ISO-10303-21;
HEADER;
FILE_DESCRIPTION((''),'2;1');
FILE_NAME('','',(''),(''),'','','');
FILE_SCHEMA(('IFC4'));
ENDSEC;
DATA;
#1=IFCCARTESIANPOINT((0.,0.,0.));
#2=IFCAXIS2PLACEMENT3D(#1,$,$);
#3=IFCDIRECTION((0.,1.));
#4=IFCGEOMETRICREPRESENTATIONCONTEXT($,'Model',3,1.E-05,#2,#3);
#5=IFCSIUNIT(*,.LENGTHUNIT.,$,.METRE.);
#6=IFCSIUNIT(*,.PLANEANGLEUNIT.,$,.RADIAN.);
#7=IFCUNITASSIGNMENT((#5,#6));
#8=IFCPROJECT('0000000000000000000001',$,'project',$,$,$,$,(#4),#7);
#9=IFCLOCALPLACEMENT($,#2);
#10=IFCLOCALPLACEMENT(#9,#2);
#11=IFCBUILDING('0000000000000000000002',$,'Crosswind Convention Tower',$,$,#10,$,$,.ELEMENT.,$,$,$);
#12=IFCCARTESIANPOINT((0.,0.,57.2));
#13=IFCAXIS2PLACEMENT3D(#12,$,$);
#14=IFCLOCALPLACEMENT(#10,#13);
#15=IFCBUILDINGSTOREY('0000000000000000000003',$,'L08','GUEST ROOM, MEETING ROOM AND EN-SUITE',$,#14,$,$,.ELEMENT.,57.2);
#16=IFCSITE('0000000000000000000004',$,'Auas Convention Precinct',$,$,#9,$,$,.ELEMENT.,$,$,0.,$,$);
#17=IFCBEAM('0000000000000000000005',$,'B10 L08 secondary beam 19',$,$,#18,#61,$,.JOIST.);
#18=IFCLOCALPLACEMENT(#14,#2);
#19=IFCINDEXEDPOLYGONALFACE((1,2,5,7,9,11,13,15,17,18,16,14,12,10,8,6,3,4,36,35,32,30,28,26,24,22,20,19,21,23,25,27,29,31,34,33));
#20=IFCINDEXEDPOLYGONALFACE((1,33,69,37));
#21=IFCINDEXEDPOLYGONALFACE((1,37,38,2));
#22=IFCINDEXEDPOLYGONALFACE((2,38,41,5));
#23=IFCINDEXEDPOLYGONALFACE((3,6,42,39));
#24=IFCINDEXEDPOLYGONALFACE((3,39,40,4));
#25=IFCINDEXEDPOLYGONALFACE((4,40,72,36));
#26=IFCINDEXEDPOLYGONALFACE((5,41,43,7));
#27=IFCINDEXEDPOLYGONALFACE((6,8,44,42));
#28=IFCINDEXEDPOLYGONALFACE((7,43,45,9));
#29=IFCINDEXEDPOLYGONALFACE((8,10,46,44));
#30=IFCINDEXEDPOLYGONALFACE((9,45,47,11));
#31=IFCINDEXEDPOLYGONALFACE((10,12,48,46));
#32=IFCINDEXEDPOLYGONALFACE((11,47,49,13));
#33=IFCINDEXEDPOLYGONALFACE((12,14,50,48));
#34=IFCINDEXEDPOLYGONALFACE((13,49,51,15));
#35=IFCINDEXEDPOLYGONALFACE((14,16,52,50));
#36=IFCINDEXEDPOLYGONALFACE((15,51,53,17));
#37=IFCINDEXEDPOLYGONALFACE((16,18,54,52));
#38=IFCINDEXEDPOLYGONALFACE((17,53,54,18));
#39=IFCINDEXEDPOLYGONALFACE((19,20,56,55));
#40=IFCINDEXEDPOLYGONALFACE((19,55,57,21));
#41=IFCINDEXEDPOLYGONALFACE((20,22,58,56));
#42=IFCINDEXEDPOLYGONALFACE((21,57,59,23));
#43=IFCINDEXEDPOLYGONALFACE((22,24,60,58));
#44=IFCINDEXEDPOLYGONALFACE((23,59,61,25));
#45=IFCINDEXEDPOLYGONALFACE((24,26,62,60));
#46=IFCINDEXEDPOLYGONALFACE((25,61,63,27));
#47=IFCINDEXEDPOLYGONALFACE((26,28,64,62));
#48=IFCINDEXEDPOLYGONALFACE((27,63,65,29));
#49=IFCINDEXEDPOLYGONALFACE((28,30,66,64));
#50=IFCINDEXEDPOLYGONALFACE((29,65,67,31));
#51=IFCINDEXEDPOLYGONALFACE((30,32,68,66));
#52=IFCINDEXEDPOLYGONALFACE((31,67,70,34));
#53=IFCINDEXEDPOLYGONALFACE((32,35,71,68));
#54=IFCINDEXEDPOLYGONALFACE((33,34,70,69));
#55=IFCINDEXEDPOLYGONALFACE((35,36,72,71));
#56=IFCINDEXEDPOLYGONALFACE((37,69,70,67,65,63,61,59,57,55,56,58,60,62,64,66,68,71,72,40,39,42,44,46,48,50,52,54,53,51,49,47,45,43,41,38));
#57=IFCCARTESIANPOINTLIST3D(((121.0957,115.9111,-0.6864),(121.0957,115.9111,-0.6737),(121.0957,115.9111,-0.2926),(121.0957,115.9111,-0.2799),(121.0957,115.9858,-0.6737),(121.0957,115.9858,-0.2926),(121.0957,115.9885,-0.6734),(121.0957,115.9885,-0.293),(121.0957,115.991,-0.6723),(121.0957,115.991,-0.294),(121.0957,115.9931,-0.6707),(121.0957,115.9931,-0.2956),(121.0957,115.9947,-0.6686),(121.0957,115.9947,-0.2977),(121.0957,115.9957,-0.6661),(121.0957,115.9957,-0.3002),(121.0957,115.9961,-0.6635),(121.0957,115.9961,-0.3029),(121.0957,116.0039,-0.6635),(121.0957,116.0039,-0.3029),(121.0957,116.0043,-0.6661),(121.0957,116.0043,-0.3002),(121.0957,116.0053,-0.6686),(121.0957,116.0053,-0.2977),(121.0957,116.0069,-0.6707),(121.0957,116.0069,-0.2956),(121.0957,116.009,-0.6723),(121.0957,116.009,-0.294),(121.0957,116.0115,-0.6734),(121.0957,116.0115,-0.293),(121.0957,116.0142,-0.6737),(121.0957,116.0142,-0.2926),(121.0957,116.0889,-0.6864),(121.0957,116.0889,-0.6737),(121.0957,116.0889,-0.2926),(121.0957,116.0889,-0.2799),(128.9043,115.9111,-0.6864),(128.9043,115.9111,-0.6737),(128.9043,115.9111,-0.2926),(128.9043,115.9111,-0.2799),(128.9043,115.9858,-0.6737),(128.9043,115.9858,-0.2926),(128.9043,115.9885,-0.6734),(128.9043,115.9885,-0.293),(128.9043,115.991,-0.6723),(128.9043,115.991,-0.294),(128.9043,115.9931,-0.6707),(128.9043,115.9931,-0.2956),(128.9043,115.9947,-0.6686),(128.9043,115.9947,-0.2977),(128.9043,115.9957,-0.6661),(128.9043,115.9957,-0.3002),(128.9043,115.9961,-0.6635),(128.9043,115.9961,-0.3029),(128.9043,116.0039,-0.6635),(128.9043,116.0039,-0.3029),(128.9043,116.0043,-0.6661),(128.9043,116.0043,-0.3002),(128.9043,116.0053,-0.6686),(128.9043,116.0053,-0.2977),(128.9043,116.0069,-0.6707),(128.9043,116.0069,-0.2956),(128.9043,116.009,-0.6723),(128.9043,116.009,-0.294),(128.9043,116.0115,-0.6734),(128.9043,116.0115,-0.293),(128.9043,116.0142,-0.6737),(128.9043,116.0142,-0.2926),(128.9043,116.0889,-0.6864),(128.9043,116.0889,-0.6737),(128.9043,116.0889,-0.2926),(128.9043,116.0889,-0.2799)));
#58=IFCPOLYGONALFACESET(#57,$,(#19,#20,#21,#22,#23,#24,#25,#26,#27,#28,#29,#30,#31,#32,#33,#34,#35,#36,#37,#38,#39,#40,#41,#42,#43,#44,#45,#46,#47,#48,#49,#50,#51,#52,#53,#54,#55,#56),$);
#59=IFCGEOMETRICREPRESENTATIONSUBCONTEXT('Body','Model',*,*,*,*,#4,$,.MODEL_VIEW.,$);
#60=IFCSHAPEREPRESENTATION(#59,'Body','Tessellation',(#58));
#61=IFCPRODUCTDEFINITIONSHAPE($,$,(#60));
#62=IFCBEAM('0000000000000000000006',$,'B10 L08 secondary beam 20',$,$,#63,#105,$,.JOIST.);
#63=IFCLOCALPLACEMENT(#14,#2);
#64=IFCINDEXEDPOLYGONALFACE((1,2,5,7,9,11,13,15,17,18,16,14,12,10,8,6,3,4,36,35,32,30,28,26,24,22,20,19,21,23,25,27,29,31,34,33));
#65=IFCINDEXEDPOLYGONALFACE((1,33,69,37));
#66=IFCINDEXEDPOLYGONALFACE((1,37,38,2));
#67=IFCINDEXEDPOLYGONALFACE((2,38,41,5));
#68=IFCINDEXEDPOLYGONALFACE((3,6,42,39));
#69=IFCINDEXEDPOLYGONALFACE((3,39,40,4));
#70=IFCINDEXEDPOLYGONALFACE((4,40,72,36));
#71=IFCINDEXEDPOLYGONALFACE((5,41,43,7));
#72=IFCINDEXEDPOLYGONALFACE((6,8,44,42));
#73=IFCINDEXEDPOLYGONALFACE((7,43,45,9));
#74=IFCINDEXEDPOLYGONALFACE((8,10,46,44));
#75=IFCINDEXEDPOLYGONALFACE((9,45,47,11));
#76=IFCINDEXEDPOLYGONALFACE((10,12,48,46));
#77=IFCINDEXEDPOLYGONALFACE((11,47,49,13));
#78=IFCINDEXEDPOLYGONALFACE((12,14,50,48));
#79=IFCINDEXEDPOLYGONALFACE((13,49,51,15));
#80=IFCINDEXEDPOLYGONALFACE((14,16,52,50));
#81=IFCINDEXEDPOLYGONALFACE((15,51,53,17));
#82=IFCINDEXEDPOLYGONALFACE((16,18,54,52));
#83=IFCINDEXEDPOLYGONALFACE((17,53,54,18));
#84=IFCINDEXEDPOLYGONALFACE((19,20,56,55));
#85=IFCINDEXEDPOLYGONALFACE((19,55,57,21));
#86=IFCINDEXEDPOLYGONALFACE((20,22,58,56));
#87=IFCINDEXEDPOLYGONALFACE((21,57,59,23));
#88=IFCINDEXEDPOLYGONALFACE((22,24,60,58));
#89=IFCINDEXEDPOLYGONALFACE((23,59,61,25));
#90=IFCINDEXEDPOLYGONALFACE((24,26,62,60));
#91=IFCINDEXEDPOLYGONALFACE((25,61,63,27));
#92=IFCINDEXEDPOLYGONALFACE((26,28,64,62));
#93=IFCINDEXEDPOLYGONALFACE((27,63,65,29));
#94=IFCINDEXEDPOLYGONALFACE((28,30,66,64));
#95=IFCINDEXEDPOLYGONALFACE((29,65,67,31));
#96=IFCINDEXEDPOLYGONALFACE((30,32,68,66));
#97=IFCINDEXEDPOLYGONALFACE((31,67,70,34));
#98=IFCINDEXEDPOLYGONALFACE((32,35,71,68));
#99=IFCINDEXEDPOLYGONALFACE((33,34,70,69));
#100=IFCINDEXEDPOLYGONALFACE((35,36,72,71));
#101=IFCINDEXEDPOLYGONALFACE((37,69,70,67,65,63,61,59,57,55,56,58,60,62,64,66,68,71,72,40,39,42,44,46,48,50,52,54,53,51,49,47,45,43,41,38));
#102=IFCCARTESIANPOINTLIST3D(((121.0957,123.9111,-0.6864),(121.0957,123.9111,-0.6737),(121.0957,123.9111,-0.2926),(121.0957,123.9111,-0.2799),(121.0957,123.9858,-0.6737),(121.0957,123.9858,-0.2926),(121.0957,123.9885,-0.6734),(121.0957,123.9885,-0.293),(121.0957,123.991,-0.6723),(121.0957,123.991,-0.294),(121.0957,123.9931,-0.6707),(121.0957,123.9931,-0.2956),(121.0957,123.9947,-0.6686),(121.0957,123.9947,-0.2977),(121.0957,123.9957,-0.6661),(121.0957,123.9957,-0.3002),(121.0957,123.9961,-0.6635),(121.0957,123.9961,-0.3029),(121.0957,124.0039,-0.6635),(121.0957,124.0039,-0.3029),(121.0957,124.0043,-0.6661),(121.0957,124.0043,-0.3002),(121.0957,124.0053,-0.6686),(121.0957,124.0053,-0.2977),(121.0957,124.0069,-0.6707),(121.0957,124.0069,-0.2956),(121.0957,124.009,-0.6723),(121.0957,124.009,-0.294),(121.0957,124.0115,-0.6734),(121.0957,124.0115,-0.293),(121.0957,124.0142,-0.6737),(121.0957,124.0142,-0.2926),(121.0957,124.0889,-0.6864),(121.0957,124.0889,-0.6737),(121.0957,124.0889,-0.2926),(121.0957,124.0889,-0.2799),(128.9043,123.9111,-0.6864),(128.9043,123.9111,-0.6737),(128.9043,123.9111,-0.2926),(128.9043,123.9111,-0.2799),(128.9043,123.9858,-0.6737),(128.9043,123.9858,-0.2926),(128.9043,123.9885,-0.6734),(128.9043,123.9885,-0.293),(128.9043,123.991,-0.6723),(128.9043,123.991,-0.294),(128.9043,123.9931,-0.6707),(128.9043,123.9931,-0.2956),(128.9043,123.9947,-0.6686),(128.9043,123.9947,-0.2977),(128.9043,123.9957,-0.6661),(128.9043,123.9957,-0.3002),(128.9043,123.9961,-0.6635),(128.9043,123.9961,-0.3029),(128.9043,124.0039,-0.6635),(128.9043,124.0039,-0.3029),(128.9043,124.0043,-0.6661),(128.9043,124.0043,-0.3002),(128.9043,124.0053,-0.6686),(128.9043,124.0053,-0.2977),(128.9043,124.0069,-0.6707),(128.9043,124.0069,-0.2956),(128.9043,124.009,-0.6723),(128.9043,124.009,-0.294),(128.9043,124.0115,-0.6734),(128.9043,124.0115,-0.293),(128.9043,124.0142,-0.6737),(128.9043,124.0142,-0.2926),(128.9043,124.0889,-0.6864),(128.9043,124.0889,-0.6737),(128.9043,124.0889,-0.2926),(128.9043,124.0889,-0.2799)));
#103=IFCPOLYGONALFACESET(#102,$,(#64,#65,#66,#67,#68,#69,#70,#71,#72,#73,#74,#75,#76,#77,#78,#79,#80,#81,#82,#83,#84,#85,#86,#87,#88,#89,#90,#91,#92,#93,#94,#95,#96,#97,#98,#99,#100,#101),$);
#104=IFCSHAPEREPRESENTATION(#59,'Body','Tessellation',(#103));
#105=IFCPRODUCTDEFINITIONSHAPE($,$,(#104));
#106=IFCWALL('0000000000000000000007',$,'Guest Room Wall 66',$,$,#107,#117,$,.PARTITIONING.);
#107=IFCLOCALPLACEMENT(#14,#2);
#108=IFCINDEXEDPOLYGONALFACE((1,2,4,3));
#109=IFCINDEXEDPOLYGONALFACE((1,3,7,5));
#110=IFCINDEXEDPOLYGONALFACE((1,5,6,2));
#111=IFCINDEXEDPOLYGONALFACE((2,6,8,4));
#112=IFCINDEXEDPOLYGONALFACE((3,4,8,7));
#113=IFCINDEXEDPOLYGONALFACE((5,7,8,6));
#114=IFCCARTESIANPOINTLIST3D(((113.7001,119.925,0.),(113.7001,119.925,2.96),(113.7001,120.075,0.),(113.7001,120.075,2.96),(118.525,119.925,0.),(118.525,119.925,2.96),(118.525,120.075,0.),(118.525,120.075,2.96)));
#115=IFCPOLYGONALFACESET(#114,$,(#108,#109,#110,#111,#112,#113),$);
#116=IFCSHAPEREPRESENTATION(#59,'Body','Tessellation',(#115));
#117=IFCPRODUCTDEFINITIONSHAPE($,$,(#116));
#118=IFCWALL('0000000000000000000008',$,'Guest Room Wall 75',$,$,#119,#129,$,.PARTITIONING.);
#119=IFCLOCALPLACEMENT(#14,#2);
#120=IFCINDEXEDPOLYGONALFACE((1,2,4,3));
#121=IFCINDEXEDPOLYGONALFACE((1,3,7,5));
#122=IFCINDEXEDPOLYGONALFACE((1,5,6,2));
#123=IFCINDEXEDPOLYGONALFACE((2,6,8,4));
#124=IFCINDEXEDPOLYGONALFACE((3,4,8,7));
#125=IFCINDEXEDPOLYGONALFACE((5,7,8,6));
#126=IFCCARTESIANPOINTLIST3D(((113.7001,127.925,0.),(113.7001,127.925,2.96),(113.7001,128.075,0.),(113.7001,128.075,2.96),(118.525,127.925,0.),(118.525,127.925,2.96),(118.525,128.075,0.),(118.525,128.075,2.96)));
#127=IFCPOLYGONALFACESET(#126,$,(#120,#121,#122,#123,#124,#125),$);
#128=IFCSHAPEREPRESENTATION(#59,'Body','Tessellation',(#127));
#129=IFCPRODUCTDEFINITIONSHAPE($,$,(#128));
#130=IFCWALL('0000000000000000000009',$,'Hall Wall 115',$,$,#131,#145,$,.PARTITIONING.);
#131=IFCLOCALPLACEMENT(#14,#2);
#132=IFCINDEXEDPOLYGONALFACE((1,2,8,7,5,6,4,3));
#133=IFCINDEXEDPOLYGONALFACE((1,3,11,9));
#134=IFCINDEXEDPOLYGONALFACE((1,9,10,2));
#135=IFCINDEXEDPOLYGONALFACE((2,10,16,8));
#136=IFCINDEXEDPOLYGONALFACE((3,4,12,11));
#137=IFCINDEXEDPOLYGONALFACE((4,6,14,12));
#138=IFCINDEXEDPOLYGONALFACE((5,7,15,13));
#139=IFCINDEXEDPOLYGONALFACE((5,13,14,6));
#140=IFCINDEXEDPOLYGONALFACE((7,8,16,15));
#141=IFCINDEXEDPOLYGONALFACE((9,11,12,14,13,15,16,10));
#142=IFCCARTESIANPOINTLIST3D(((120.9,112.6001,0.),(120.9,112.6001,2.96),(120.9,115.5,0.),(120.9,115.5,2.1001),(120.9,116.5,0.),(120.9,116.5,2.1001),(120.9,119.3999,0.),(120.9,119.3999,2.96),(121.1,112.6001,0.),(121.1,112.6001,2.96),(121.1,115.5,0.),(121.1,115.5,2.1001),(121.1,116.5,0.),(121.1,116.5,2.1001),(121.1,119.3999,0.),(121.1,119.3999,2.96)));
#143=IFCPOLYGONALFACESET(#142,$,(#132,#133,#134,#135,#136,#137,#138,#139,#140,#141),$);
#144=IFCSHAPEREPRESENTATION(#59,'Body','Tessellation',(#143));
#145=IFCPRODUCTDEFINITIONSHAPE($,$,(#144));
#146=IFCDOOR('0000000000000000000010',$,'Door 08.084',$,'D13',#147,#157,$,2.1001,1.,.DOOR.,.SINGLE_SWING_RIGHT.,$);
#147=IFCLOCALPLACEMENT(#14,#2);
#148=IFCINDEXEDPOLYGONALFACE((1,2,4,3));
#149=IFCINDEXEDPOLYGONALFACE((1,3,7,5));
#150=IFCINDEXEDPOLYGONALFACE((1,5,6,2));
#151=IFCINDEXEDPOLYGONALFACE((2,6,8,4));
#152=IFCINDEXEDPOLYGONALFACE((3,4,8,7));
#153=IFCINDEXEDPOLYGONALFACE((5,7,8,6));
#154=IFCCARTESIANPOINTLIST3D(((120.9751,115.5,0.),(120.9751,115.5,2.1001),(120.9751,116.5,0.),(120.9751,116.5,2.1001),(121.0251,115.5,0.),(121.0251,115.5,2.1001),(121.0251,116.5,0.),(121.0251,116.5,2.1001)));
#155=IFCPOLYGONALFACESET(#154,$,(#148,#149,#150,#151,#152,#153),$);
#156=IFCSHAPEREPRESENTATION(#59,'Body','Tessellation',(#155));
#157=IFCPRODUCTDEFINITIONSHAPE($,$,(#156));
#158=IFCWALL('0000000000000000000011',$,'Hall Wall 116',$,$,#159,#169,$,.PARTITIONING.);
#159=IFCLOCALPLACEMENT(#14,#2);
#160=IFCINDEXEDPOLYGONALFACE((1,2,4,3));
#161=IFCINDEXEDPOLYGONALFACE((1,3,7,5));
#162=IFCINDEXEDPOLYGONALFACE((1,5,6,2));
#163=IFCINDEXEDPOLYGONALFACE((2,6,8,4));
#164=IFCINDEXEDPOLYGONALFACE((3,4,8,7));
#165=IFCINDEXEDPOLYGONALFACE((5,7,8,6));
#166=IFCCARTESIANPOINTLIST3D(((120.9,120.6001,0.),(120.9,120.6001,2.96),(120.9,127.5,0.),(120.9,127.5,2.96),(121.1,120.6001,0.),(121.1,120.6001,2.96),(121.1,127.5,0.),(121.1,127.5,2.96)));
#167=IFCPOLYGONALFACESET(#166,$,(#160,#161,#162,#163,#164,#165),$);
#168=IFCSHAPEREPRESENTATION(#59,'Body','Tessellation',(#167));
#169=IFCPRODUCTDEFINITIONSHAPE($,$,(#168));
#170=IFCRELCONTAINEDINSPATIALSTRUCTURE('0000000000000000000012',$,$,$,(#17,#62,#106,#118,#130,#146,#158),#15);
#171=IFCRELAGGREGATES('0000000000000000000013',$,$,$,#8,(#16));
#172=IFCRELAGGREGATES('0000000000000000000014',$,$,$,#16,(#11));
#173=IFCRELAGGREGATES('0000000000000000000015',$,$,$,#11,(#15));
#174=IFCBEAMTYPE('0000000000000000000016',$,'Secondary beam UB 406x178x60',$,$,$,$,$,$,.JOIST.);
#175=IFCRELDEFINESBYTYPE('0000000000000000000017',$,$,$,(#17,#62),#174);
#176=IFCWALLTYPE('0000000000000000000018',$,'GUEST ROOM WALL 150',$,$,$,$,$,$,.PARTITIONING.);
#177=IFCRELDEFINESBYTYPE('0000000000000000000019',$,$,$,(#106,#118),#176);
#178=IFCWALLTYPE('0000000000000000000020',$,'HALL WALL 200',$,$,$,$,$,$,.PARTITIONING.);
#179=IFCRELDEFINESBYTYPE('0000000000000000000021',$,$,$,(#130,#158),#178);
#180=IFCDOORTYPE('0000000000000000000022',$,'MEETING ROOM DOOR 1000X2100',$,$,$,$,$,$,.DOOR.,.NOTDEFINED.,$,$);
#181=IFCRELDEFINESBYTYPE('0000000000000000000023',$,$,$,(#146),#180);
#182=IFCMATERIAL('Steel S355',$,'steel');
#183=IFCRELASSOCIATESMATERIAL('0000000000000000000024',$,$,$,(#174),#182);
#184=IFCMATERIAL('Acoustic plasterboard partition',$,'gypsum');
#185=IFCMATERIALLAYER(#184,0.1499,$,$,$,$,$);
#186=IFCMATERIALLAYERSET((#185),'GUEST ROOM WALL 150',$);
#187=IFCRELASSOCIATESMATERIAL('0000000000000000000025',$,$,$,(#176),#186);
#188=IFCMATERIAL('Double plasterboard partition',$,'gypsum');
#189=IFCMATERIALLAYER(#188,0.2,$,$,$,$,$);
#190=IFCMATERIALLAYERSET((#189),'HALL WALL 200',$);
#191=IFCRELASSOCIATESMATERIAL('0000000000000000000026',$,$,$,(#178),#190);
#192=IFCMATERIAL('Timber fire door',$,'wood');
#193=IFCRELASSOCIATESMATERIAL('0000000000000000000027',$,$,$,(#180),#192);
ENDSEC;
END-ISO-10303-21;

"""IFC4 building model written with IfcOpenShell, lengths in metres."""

from ifc_helpers import new_model, si_unit, direction, frame, frame_2d, origin, origin_2d, place, context, subcontext, project, spatial, rectangle, i_section, extrude, material, layer, layer_set, material_profile, profile_set, type_object, element, fill, save


model = new_model("IFC4")

# Units and contexts
model_context = context("Model", 3, precision=1e-05, world=origin(), true_north=direction((0.0, 1.0)))
body_context = subcontext(model_context, "Body", "Model", "MODEL_VIEW")
ifc_project = project(units=[si_unit("LENGTHUNIT", "METRE"), si_unit("PLANEANGLEUNIT", "RADIAN")], contexts=[model_context])

# Site, building, storey
site_placement = place(None, origin())
site = spatial("IfcSite", under=ifc_project, at=site_placement, Name="Auas Convention Precinct", CompositionType="ELEMENT", RefElevation=0.0)
building_placement = place(site_placement, origin())
building = spatial("IfcBuilding", under=site, at=building_placement, Name="Crosswind Convention Tower", CompositionType="ELEMENT")
storey_placement = place(building_placement, frame((0.0, 0.0, 57.2)))
storey = spatial("IfcBuildingStorey", under=building, at=storey_placement, Name="L08", Description="GUEST ROOM, MEETING ROOM AND EN-SUITE", CompositionType="ELEMENT", Elevation=57.2)

# Beams
ifc_material_1 = material(Name="Steel S355", Category="steel")
ifc_material_profile_1 = material_profile(ifc_material_1, i_section(OverallWidth=0.1777, OverallDepth=0.4065, WebThickness=0.0078, FlangeThickness=0.0127, FilletRadius=0.0103, at=origin_2d()), Name="UB 406x178x60")
ifc_profile_set_1 = profile_set([ifc_material_profile_1], Name="Steel S355")
beam_type_1 = type_object("IfcBeamType", Name="Secondary beam UB 406x178x60", PredefinedType="JOIST", material=ifc_profile_set_1)
for number, where, z_axis, x_axis, name in (
    (1, (121.0957, 116.0, -0.4832), (1.0, 0.0, 0.0), (0.0, 1.0, 0.0), "B10 L08 secondary beam 19"),
    (2, (121.0957, 124.0, -0.4832), (1.0, 0.0, 0.0), (0.0, 1.0, 0.0), "B10 L08 secondary beam 20"),
):
    element("IfcBeam", number, at=place(storey_placement, frame(where, z_axis=z_axis, x_axis=x_axis)), inside=storey, type_object=beam_type_1, Name=name, PredefinedType="JOIST", context=body_context, shape_type="SweptSolid", body=[
        extrude(i_section(OverallWidth=0.1777, OverallDepth=0.4065, WebThickness=0.0078, FlangeThickness=0.0127, FilletRadius=0.0103, at=origin_2d()), origin(), (0.0, 0.0, 1.0), 7.8086),
    ])

# Walls
ifc_material_2 = material(Name="Acoustic plasterboard partition", Category="gypsum")
ifc_layer_1 = layer(ifc_material_2, 0.1499)
ifc_layer_set_1 = layer_set([ifc_layer_1], Name="GUEST ROOM WALL 150")
wall_type_1 = type_object("IfcWallType", Name="GUEST ROOM WALL 150", PredefinedType="PARTITIONING", material=ifc_layer_set_1)
for number, where, z_axis, x_axis, name in (
    (3, (113.7, 120.0, 0.0), (0.0, 0.0, 1.0), (1.0, 0.0, 0.0), "Guest Room Wall 66"),
    (4, (113.7, 128.0, 0.0), (0.0, 0.0, 1.0), (1.0, 0.0, 0.0), "Guest Room Wall 75"),
):
    element("IfcWall", number, at=place(storey_placement, frame(where, z_axis=z_axis, x_axis=x_axis)), inside=storey, type_object=wall_type_1, Name=name, PredefinedType="PARTITIONING", context=body_context, shape_type="SweptSolid", body=[
        extrude(rectangle(XDim=4.825, YDim=0.1499, at=frame_2d((2.4126, 0.0))), origin(), (0.0, 0.0, 1.0), 2.96),
    ])

# Wall, opening, door
ifc_material_3 = material(Name="Double plasterboard partition", Category="gypsum")
ifc_layer_2 = layer(ifc_material_3, 0.2)
ifc_layer_set_2 = layer_set([ifc_layer_2], Name="HALL WALL 200")
wall_type_2 = type_object("IfcWallType", Name="HALL WALL 200", PredefinedType="PARTITIONING", material=ifc_layer_set_2)
wall_1_placement = place(storey_placement, frame((121.0, 112.6001, 0.0), z_axis=(0.0, 0.0, 1.0), x_axis=(0.0, 1.0, 0.0)))
wall_1 = element("IfcWall", 5, at=wall_1_placement, inside=storey, type_object=wall_type_2, Name="Hall Wall 115", PredefinedType="PARTITIONING", context=body_context, shape_type="SweptSolid", body=[
    extrude(rectangle(XDim=6.7998, YDim=0.2, at=frame_2d((3.3999, 0.0))), origin(), (0.0, 0.0, 1.0), 2.96),
])
opening_1_placement = place(wall_1_placement, frame((2.8999, 0.0, 0.0)))
opening_1 = element("IfcOpeningElement", 6, at=opening_1_placement, cuts=wall_1, PredefinedType="OPENING", context=body_context, shape_type="SweptSolid", body=[
    extrude(rectangle(XDim=1.0, YDim=2.1001, at=frame_2d((0.5, 1.05))), frame((0.0, 0.1099, 0.0), z_axis=(0.0, -1.0, 0.0), x_axis=(1.0, 0.0, 0.0)), (0.0, 0.0, 1.0), 0.22),
])
ifc_material_4 = material(Name="Timber fire door", Category="wood")
door_type_1 = type_object("IfcDoorType", Name="MEETING ROOM DOOR 1000X2100", OperationType="NOTDEFINED", PredefinedType="DOOR", material=ifc_material_4)
door_1_placement = place(opening_1_placement, origin())
door_1 = element("IfcDoor", 7, at=door_1_placement, inside=storey, type_object=door_type_1, Name="Door 08.084", ObjectType="D13", OperationType="SINGLE_SWING_RIGHT", OverallHeight=2.1001, OverallWidth=1.0, PredefinedType="DOOR", context=body_context, shape_type="SweptSolid", body=[
    extrude(rectangle(XDim=1.0, YDim=2.1001, at=frame_2d((0.5, 1.05))), frame((0.0, 0.0249, 0.0), z_axis=(0.0, -1.0, 0.0), x_axis=(1.0, 0.0, 0.0)), (0.0, 0.0, 1.0), 0.05),
])
fill(opening_1, door_1)

# Wall
wall_2_placement = place(storey_placement, frame((121.0, 120.6001, 0.0), z_axis=(0.0, 0.0, 1.0), x_axis=(0.0, 1.0, 0.0)))
element("IfcWall", 8, at=wall_2_placement, inside=storey, type_object=wall_type_2, Name="Hall Wall 116", PredefinedType="PARTITIONING", context=body_context, shape_type="SweptSolid", body=[
    extrude(rectangle(XDim=6.8999, YDim=0.2, at=frame_2d((3.45, 0.0))), origin(), (0.0, 0.0, 1.0), 2.96),
])

save(model, "model.ifc")
